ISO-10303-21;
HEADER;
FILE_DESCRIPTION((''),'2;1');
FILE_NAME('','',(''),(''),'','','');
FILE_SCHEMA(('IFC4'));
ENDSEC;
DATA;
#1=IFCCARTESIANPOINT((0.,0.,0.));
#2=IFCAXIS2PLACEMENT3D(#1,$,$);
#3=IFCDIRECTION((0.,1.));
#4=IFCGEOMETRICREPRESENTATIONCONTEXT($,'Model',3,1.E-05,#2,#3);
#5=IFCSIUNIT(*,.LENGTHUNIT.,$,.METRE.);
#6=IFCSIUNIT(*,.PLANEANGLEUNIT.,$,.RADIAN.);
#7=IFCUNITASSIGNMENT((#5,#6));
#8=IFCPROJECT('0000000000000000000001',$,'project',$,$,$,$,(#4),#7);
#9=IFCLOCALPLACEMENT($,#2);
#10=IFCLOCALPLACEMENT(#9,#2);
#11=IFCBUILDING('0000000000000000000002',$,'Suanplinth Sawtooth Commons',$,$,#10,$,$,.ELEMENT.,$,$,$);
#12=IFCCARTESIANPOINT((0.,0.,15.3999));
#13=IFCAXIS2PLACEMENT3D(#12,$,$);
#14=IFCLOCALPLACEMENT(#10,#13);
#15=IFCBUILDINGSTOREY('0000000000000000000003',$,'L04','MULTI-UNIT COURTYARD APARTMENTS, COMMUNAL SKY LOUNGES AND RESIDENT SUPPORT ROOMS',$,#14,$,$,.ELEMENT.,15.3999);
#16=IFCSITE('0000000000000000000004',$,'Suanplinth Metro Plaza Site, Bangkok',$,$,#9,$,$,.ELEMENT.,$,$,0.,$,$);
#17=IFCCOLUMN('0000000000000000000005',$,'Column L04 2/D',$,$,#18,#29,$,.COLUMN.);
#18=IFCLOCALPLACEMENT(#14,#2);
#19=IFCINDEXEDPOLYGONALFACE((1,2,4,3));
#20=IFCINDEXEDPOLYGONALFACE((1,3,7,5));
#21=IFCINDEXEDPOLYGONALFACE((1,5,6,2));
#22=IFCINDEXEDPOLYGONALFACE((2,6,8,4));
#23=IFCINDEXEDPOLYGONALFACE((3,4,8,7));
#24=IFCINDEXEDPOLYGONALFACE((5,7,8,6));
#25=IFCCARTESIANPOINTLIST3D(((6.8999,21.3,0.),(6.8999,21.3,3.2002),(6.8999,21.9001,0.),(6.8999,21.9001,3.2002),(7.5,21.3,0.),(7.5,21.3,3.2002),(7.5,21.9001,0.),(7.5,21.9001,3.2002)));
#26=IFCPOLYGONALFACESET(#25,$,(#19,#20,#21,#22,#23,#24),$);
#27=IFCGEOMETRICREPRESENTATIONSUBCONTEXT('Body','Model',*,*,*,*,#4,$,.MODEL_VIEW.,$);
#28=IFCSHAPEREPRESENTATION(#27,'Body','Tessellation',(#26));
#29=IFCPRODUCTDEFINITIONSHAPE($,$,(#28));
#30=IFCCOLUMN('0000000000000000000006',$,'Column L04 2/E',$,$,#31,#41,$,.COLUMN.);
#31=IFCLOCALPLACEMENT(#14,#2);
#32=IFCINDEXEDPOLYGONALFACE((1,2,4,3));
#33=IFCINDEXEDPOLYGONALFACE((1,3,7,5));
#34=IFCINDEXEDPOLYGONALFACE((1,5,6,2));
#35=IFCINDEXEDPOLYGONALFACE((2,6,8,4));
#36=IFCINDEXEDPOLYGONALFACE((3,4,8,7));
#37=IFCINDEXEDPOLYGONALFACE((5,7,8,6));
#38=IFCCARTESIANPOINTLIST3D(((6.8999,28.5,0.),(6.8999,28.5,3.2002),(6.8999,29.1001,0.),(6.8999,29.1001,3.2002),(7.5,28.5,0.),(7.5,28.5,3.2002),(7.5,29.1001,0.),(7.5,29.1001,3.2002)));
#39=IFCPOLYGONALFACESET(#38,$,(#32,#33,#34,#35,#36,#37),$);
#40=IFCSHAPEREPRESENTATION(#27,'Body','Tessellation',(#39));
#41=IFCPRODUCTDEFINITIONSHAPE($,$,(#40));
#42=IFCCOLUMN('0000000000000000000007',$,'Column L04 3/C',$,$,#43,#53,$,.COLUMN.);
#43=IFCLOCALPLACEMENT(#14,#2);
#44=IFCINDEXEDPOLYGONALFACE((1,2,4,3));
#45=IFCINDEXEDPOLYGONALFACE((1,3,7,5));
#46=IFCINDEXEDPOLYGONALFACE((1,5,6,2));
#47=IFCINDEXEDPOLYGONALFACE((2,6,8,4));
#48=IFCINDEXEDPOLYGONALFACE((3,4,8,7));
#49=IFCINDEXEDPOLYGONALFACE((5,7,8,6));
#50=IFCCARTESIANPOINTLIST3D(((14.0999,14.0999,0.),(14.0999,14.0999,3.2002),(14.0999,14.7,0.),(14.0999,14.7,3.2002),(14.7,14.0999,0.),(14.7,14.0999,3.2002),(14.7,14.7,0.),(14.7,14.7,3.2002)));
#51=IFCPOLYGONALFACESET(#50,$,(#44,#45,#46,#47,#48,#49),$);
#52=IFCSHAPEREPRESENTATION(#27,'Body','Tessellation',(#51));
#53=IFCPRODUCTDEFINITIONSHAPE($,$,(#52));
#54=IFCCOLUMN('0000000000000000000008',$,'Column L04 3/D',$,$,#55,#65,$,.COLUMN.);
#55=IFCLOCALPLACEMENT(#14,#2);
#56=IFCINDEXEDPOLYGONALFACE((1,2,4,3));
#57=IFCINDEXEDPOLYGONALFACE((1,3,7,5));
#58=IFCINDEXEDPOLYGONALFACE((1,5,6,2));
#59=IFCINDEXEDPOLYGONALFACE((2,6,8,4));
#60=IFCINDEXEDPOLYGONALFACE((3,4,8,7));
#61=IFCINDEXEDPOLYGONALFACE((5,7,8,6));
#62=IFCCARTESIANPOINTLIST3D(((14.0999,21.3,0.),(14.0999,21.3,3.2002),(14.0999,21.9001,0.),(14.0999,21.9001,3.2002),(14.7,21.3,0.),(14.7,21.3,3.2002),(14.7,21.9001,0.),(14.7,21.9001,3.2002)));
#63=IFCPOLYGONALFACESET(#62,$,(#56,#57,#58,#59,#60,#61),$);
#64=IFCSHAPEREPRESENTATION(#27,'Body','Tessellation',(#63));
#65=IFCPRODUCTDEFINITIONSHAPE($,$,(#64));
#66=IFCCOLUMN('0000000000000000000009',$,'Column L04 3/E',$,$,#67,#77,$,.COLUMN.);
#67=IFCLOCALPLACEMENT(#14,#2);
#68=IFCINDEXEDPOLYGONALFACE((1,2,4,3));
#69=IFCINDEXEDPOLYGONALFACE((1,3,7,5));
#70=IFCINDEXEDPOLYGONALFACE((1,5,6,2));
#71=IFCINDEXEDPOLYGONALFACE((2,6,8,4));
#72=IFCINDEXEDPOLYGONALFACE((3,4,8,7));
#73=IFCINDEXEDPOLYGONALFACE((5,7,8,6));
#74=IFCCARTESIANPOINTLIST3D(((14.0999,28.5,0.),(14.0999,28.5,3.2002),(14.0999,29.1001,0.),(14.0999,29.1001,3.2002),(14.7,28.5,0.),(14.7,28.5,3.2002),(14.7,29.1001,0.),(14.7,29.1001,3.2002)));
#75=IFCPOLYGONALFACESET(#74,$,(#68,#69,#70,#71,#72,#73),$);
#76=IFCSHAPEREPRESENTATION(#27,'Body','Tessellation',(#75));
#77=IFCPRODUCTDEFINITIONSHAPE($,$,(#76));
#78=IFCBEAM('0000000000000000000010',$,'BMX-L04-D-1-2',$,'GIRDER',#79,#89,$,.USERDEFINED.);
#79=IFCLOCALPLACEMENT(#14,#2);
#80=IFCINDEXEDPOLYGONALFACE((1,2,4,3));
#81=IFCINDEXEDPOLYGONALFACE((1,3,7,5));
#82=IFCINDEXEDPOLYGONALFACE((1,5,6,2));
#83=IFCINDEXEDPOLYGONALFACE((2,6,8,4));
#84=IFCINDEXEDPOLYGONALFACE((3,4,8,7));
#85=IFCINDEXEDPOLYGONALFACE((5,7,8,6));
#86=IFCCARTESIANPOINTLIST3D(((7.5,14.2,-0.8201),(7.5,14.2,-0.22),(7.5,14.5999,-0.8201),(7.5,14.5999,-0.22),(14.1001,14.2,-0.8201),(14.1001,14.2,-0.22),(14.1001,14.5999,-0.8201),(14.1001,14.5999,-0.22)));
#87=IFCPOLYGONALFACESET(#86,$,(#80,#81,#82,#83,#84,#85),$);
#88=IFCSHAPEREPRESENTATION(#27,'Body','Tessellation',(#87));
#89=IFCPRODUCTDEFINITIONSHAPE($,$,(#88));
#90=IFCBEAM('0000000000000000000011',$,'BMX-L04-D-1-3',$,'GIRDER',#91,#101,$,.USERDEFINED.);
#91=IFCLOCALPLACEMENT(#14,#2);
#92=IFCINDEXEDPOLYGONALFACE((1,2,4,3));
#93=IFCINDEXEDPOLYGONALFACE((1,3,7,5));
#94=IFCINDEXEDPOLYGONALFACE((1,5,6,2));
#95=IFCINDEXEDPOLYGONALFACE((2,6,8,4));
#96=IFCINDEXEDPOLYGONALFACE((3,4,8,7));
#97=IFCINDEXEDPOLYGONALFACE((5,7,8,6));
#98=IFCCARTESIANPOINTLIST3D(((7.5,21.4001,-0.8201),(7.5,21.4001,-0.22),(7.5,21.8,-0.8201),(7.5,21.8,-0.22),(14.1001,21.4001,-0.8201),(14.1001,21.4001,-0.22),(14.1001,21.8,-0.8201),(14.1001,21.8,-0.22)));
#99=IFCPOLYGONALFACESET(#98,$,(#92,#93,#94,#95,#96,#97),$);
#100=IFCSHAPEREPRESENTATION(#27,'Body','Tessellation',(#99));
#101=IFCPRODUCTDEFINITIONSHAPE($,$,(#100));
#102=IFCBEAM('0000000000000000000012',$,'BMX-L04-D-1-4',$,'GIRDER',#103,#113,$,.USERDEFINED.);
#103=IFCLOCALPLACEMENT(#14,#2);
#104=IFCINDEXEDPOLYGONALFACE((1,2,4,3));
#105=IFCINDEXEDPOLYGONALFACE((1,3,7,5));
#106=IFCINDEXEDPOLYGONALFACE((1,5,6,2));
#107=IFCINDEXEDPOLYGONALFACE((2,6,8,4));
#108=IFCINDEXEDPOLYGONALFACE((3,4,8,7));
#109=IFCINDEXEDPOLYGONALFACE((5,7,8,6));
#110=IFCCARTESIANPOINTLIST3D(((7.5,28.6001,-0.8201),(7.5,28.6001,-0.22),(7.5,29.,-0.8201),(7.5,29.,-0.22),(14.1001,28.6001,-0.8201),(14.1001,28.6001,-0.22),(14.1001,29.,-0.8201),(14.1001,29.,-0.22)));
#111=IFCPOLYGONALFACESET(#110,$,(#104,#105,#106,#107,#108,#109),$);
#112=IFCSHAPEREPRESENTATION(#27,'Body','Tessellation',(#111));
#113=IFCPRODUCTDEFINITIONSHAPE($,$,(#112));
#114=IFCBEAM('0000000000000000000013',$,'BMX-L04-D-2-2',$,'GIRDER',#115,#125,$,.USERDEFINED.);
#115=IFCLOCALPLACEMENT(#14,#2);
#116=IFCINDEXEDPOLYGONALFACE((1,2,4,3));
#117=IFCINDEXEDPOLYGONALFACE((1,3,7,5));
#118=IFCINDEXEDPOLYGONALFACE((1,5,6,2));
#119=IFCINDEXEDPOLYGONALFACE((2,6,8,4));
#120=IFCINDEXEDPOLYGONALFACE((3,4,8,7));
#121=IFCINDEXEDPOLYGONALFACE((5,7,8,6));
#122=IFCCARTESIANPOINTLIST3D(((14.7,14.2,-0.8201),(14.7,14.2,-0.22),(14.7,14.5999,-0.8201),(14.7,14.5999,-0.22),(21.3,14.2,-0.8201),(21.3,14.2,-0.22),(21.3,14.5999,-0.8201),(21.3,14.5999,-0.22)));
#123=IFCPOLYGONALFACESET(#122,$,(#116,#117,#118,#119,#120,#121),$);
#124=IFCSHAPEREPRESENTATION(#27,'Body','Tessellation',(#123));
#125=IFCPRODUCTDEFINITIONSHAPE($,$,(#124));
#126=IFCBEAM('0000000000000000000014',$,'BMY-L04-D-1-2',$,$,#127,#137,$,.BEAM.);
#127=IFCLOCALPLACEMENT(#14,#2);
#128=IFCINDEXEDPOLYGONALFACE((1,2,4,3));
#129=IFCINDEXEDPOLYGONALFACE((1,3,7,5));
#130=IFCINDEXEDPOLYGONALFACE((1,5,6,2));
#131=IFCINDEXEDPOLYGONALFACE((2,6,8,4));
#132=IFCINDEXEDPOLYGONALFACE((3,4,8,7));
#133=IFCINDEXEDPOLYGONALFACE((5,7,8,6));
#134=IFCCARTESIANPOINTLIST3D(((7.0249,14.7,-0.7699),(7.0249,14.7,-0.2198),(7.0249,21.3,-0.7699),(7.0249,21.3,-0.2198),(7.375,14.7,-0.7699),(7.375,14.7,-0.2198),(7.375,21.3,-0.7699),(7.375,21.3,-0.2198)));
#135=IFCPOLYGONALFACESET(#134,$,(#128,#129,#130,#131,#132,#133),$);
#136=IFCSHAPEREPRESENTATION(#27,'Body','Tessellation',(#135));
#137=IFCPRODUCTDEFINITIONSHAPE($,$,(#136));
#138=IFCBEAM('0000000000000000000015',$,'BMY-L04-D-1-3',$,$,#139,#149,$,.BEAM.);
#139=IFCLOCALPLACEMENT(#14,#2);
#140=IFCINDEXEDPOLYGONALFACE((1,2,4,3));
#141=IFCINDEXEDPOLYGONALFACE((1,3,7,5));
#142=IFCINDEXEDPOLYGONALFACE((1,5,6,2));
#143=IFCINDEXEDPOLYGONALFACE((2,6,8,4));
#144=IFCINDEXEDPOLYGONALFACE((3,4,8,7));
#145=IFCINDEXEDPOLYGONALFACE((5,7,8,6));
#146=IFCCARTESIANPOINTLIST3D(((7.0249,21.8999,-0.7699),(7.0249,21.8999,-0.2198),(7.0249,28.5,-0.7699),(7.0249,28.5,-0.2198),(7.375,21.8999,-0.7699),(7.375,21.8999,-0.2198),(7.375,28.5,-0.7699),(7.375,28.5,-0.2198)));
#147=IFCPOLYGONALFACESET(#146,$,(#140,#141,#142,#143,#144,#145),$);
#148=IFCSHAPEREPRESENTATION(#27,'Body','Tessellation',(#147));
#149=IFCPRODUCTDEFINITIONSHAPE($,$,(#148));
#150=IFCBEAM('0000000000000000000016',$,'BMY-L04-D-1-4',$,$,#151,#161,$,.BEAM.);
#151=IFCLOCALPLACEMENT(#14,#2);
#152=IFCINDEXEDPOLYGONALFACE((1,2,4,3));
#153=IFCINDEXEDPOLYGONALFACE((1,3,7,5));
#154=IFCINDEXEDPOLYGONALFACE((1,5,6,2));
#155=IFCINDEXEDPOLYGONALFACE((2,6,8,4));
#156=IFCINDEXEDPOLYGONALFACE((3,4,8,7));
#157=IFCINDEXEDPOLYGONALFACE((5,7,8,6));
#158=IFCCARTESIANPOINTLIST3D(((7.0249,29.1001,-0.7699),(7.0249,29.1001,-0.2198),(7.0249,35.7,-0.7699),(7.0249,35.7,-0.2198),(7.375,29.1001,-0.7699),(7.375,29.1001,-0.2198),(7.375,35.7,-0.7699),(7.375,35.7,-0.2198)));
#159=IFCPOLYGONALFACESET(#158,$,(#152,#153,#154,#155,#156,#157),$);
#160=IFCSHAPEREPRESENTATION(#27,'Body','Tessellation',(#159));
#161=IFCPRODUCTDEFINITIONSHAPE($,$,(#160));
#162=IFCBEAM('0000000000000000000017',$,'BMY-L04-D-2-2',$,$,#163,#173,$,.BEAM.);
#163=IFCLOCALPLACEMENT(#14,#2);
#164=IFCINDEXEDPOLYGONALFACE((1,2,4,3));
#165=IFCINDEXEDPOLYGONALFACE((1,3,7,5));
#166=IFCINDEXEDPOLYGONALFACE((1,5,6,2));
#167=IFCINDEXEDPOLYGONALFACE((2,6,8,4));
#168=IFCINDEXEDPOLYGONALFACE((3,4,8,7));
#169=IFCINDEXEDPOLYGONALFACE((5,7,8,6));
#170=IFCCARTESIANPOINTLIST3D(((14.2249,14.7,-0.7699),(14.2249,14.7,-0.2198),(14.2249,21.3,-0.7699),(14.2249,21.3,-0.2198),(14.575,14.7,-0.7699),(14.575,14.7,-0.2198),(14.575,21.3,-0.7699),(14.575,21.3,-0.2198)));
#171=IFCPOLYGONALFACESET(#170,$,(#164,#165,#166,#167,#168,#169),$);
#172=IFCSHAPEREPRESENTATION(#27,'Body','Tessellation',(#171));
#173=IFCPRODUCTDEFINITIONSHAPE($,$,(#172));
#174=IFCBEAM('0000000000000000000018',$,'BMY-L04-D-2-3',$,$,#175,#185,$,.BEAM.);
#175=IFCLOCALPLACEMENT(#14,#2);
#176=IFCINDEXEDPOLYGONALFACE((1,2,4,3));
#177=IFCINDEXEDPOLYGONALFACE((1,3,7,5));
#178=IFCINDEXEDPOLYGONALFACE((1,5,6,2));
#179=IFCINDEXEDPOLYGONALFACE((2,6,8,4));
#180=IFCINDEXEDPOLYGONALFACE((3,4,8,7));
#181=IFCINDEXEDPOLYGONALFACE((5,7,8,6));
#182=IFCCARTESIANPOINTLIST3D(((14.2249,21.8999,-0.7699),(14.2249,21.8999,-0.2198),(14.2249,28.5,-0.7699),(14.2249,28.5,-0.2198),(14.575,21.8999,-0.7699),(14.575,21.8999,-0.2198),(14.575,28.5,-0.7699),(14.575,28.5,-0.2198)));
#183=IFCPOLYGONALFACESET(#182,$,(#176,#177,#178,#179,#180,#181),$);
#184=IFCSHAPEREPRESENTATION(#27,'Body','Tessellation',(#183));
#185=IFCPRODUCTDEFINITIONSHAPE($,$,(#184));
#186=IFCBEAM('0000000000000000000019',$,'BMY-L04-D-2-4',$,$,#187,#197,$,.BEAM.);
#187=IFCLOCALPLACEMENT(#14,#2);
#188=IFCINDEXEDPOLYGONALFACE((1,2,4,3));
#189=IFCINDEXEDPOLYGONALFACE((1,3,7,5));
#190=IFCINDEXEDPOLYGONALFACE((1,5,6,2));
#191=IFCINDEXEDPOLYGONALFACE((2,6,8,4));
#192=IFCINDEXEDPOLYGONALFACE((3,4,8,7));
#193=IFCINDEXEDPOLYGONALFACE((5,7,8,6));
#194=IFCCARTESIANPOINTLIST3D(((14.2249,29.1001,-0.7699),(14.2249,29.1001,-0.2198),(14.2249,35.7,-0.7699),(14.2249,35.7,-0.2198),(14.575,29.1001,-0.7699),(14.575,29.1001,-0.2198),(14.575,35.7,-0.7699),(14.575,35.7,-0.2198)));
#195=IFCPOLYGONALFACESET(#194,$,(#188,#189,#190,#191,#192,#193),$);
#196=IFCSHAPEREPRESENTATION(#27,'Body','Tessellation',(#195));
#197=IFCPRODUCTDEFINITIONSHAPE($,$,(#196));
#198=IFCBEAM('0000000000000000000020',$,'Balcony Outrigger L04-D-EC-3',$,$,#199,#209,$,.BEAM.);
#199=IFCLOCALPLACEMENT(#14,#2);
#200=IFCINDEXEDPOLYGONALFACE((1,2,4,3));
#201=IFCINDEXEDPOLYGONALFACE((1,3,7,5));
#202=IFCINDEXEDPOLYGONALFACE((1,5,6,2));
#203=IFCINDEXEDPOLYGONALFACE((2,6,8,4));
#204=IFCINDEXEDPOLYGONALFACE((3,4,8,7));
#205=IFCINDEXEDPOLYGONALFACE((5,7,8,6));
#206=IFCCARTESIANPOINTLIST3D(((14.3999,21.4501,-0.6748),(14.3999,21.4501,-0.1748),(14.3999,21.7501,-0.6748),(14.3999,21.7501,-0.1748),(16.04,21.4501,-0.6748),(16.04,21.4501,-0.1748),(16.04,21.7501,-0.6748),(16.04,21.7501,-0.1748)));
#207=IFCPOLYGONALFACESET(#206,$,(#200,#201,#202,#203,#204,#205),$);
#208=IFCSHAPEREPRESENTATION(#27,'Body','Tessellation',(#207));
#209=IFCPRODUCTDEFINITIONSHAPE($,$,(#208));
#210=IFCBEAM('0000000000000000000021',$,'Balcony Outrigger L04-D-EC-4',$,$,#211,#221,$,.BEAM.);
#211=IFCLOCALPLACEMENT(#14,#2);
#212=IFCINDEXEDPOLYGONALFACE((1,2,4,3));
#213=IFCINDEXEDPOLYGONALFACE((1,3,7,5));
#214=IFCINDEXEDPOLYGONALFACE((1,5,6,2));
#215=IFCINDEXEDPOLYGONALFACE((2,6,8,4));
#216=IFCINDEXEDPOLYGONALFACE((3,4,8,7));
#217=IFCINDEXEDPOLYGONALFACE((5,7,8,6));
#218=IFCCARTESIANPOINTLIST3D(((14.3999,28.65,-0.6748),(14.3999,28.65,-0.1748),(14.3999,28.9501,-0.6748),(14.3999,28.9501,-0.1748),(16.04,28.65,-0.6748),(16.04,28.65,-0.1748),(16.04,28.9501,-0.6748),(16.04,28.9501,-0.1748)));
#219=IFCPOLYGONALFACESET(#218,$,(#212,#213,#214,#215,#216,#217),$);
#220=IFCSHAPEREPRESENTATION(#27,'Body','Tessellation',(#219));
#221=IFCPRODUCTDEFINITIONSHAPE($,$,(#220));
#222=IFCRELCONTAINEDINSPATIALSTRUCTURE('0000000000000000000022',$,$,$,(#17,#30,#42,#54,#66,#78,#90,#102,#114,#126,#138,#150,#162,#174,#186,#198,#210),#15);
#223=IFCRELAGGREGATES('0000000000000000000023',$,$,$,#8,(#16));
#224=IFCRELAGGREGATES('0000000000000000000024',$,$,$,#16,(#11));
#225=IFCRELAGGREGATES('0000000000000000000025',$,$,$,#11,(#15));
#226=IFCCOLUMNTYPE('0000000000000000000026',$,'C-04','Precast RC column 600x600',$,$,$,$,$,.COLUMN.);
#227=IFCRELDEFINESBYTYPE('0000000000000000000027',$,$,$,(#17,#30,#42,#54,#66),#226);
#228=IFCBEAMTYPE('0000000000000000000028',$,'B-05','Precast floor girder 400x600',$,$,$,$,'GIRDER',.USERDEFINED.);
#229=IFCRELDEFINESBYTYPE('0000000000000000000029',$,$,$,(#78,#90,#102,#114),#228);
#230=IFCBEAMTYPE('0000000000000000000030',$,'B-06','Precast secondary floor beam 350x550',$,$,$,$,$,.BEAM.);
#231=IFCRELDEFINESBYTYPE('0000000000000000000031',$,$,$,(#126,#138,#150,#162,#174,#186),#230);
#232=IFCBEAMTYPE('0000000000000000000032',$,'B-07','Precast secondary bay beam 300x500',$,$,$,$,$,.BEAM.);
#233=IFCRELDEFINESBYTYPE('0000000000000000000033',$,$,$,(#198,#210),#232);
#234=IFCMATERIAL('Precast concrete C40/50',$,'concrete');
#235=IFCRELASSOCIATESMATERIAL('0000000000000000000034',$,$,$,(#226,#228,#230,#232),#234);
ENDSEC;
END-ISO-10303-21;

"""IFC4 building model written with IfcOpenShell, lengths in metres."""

from ifc_helpers import new_model, si_unit, direction, frame, origin, origin_2d, place, context, subcontext, project, spatial, rectangle, extrude, material, material_profile, profile_set, type_object, element, save


model = new_model("IFC4")

# Units and contexts
model_context = context("Model", 3, precision=1e-05, world=origin(), true_north=direction((0.0, 1.0)))
body_context = subcontext(model_context, "Body", "Model", "MODEL_VIEW")
ifc_project = project(units=[si_unit("LENGTHUNIT", "METRE"), si_unit("PLANEANGLEUNIT", "RADIAN")], contexts=[model_context])

# Site, building, storey
site_placement = place(None, origin())
site = spatial("IfcSite", under=ifc_project, at=site_placement, Name="Suanplinth Metro Plaza Site, Bangkok", CompositionType="ELEMENT", RefElevation=0.0)
building_placement = place(site_placement, origin())
building = spatial("IfcBuilding", under=site, at=building_placement, Name="Suanplinth Sawtooth Commons", CompositionType="ELEMENT")
storey_placement = place(building_placement, frame((0.0, 0.0, 15.3999)))
storey = spatial("IfcBuildingStorey", under=building, at=storey_placement, Name="L04", Description="MULTI-UNIT COURTYARD APARTMENTS, COMMUNAL SKY LOUNGES AND RESIDENT SUPPORT ROOMS", CompositionType="ELEMENT", Elevation=15.3999)

# Columns
ifc_material_1 = material(Name="Precast concrete C40/50", Category="concrete")
ifc_material_profile_1 = material_profile(ifc_material_1, rectangle(XDim=0.6001, YDim=0.6001, at=origin_2d()), Name="PC-COL 600x600")
ifc_profile_set_1 = profile_set([ifc_material_profile_1], Name="Precast concrete C40/50")
column_type = type_object("IfcColumnType", Name="C-04", Description="Precast RC column 600x600", PredefinedType="COLUMN", material=ifc_profile_set_1)
for number, where, z_axis, x_axis, name in (
    (1, (7.2, 21.6001, 0.0), (0.0, 0.0, 1.0), (1.0, 0.0, 0.0), "Column L04 2/D"),
    (2, (7.2, 28.8, 0.0), (0.0, 0.0, 1.0), (1.0, 0.0, 0.0), "Column L04 2/E"),
    (3, (14.3999, 14.3999, 0.0), (0.0, 0.0, 1.0), (1.0, 0.0, 0.0), "Column L04 3/C"),
    (4, (14.3999, 21.6001, 0.0), (0.0, 0.0, 1.0), (1.0, 0.0, 0.0), "Column L04 3/D"),
    (5, (14.3999, 28.8, 0.0), (0.0, 0.0, 1.0), (1.0, 0.0, 0.0), "Column L04 3/E"),
):
    element("IfcColumn", number, at=place(storey_placement, frame(where, z_axis=z_axis, x_axis=x_axis)), inside=storey, type_object=column_type, Name=name, PredefinedType="COLUMN", context=body_context, shape_type="SweptSolid", body=[
        extrude(rectangle(XDim=0.6001, YDim=0.6001, at=origin_2d()), origin(), (0.0, 0.0, 1.0), 3.2002),
    ])

# Beams
ifc_material_profile_2 = material_profile(ifc_material_1, rectangle(XDim=0.3999, YDim=0.6001, at=origin_2d()), Name="PC-GDR 400x600")
ifc_profile_set_2 = profile_set([ifc_material_profile_2], Name="Precast concrete C40/50")
beam_type_1 = type_object("IfcBeamType", Name="B-05", Description="Precast floor girder 400x600", ElementType="GIRDER", PredefinedType="USERDEFINED", material=ifc_profile_set_2)
for number, where, z_axis, x_axis, name in (
    (6, (7.5, 14.3999, -0.52), (1.0, 0.0, 0.0), (0.0, 1.0, 0.0), "BMX-L04-D-1-2"),
    (7, (7.5, 21.6001, -0.52), (1.0, 0.0, 0.0), (0.0, 1.0, 0.0), "BMX-L04-D-1-3"),
    (8, (7.5, 28.8, -0.52), (1.0, 0.0, 0.0), (0.0, 1.0, 0.0), "BMX-L04-D-1-4"),
    (9, (14.7, 14.3999, -0.52), (1.0, 0.0, 0.0), (0.0, 1.0, 0.0), "BMX-L04-D-2-2"),
):
    element("IfcBeam", number, at=place(storey_placement, frame(where, z_axis=z_axis, x_axis=x_axis)), inside=storey, type_object=beam_type_1, Name=name, ObjectType="GIRDER", PredefinedType="USERDEFINED", context=body_context, shape_type="SweptSolid", body=[
        extrude(rectangle(XDim=0.3999, YDim=0.6001, at=origin_2d()), origin(), (0.0, 0.0, 1.0), 6.6001),
    ])
ifc_material_profile_3 = material_profile(ifc_material_1, rectangle(XDim=0.3501, YDim=0.55, at=origin_2d()), Name="PC-BM 350x550")
ifc_profile_set_3 = profile_set([ifc_material_profile_3], Name="Precast concrete C40/50")
beam_type_2 = type_object("IfcBeamType", Name="B-06", Description="Precast secondary floor beam 350x550", PredefinedType="BEAM", material=ifc_profile_set_3)
for number, where, z_axis, x_axis, name in (
    (10, (7.2, 14.7, -0.4949), (0.0, 1.0, 0.0), (-1.0, 0.0, 0.0), "BMY-L04-D-1-2"),
    (11, (7.2, 21.8999, -0.4949), (0.0, 1.0, 0.0), (-1.0, 0.0, 0.0), "BMY-L04-D-1-3"),
):
    element("IfcBeam", number, at=place(storey_placement, frame(where, z_axis=z_axis, x_axis=x_axis)), inside=storey, type_object=beam_type_2, Name=name, PredefinedType="BEAM", context=body_context, shape_type="SweptSolid", body=[
        extrude(rectangle(XDim=0.3501, YDim=0.55, at=origin_2d()), origin(), (0.0, 0.0, 1.0), 6.6001),
    ])
beam_1_placement = place(storey_placement, frame((7.2, 29.1001, -0.4949), z_axis=(0.0, 1.0, 0.0), x_axis=(-1.0, 0.0, 0.0)))
element("IfcBeam", 12, at=beam_1_placement, inside=storey, type_object=beam_type_2, Name="BMY-L04-D-1-4", PredefinedType="BEAM", context=body_context, shape_type="SweptSolid", body=[
    extrude(rectangle(XDim=0.3501, YDim=0.55, at=origin_2d()), origin(), (0.0, 0.0, 1.0), 6.5999),
])
for number, where, z_axis, x_axis, name in (
    (13, (14.3999, 14.7, -0.4949), (0.0, 1.0, 0.0), (-1.0, 0.0, 0.0), "BMY-L04-D-2-2"),
    (14, (14.3999, 21.8999, -0.4949), (0.0, 1.0, 0.0), (-1.0, 0.0, 0.0), "BMY-L04-D-2-3"),
):
    element("IfcBeam", number, at=place(storey_placement, frame(where, z_axis=z_axis, x_axis=x_axis)), inside=storey, type_object=beam_type_2, Name=name, PredefinedType="BEAM", context=body_context, shape_type="SweptSolid", body=[
        extrude(rectangle(XDim=0.3501, YDim=0.55, at=origin_2d()), origin(), (0.0, 0.0, 1.0), 6.6001),
    ])
beam_2_placement = place(storey_placement, frame((14.3999, 29.1001, -0.4949), z_axis=(0.0, 1.0, 0.0), x_axis=(-1.0, 0.0, 0.0)))
element("IfcBeam", 15, at=beam_2_placement, inside=storey, type_object=beam_type_2, Name="BMY-L04-D-2-4", PredefinedType="BEAM", context=body_context, shape_type="SweptSolid", body=[
    extrude(rectangle(XDim=0.3501, YDim=0.55, at=origin_2d()), origin(), (0.0, 0.0, 1.0), 6.5999),
])
ifc_material_profile_4 = material_profile(ifc_material_1, rectangle(XDim=0.3, YDim=0.5, at=origin_2d()), Name="PC-BM 300x500")
ifc_profile_set_4 = profile_set([ifc_material_profile_4], Name="Precast concrete C40/50")
beam_type_3 = type_object("IfcBeamType", Name="B-07", Description="Precast secondary bay beam 300x500", PredefinedType="BEAM", material=ifc_profile_set_4)
for number, where, z_axis, x_axis, name in (
    (16, (14.3999, 21.6001, -0.4248), (1.0, 0.0, 0.0), (0.0, 1.0, 0.0), "Balcony Outrigger L04-D-EC-3"),
    (17, (14.3999, 28.8, -0.4248), (1.0, 0.0, 0.0), (0.0, 1.0, 0.0), "Balcony Outrigger L04-D-EC-4"),
):
    element("IfcBeam", number, at=place(storey_placement, frame(where, z_axis=z_axis, x_axis=x_axis)), inside=storey, type_object=beam_type_3, Name=name, PredefinedType="BEAM", context=body_context, shape_type="SweptSolid", body=[
        extrude(rectangle(XDim=0.3, YDim=0.5, at=origin_2d()), origin(), (0.0, 0.0, 1.0), 1.6401),
    ])

save(model, "model.ifc")
